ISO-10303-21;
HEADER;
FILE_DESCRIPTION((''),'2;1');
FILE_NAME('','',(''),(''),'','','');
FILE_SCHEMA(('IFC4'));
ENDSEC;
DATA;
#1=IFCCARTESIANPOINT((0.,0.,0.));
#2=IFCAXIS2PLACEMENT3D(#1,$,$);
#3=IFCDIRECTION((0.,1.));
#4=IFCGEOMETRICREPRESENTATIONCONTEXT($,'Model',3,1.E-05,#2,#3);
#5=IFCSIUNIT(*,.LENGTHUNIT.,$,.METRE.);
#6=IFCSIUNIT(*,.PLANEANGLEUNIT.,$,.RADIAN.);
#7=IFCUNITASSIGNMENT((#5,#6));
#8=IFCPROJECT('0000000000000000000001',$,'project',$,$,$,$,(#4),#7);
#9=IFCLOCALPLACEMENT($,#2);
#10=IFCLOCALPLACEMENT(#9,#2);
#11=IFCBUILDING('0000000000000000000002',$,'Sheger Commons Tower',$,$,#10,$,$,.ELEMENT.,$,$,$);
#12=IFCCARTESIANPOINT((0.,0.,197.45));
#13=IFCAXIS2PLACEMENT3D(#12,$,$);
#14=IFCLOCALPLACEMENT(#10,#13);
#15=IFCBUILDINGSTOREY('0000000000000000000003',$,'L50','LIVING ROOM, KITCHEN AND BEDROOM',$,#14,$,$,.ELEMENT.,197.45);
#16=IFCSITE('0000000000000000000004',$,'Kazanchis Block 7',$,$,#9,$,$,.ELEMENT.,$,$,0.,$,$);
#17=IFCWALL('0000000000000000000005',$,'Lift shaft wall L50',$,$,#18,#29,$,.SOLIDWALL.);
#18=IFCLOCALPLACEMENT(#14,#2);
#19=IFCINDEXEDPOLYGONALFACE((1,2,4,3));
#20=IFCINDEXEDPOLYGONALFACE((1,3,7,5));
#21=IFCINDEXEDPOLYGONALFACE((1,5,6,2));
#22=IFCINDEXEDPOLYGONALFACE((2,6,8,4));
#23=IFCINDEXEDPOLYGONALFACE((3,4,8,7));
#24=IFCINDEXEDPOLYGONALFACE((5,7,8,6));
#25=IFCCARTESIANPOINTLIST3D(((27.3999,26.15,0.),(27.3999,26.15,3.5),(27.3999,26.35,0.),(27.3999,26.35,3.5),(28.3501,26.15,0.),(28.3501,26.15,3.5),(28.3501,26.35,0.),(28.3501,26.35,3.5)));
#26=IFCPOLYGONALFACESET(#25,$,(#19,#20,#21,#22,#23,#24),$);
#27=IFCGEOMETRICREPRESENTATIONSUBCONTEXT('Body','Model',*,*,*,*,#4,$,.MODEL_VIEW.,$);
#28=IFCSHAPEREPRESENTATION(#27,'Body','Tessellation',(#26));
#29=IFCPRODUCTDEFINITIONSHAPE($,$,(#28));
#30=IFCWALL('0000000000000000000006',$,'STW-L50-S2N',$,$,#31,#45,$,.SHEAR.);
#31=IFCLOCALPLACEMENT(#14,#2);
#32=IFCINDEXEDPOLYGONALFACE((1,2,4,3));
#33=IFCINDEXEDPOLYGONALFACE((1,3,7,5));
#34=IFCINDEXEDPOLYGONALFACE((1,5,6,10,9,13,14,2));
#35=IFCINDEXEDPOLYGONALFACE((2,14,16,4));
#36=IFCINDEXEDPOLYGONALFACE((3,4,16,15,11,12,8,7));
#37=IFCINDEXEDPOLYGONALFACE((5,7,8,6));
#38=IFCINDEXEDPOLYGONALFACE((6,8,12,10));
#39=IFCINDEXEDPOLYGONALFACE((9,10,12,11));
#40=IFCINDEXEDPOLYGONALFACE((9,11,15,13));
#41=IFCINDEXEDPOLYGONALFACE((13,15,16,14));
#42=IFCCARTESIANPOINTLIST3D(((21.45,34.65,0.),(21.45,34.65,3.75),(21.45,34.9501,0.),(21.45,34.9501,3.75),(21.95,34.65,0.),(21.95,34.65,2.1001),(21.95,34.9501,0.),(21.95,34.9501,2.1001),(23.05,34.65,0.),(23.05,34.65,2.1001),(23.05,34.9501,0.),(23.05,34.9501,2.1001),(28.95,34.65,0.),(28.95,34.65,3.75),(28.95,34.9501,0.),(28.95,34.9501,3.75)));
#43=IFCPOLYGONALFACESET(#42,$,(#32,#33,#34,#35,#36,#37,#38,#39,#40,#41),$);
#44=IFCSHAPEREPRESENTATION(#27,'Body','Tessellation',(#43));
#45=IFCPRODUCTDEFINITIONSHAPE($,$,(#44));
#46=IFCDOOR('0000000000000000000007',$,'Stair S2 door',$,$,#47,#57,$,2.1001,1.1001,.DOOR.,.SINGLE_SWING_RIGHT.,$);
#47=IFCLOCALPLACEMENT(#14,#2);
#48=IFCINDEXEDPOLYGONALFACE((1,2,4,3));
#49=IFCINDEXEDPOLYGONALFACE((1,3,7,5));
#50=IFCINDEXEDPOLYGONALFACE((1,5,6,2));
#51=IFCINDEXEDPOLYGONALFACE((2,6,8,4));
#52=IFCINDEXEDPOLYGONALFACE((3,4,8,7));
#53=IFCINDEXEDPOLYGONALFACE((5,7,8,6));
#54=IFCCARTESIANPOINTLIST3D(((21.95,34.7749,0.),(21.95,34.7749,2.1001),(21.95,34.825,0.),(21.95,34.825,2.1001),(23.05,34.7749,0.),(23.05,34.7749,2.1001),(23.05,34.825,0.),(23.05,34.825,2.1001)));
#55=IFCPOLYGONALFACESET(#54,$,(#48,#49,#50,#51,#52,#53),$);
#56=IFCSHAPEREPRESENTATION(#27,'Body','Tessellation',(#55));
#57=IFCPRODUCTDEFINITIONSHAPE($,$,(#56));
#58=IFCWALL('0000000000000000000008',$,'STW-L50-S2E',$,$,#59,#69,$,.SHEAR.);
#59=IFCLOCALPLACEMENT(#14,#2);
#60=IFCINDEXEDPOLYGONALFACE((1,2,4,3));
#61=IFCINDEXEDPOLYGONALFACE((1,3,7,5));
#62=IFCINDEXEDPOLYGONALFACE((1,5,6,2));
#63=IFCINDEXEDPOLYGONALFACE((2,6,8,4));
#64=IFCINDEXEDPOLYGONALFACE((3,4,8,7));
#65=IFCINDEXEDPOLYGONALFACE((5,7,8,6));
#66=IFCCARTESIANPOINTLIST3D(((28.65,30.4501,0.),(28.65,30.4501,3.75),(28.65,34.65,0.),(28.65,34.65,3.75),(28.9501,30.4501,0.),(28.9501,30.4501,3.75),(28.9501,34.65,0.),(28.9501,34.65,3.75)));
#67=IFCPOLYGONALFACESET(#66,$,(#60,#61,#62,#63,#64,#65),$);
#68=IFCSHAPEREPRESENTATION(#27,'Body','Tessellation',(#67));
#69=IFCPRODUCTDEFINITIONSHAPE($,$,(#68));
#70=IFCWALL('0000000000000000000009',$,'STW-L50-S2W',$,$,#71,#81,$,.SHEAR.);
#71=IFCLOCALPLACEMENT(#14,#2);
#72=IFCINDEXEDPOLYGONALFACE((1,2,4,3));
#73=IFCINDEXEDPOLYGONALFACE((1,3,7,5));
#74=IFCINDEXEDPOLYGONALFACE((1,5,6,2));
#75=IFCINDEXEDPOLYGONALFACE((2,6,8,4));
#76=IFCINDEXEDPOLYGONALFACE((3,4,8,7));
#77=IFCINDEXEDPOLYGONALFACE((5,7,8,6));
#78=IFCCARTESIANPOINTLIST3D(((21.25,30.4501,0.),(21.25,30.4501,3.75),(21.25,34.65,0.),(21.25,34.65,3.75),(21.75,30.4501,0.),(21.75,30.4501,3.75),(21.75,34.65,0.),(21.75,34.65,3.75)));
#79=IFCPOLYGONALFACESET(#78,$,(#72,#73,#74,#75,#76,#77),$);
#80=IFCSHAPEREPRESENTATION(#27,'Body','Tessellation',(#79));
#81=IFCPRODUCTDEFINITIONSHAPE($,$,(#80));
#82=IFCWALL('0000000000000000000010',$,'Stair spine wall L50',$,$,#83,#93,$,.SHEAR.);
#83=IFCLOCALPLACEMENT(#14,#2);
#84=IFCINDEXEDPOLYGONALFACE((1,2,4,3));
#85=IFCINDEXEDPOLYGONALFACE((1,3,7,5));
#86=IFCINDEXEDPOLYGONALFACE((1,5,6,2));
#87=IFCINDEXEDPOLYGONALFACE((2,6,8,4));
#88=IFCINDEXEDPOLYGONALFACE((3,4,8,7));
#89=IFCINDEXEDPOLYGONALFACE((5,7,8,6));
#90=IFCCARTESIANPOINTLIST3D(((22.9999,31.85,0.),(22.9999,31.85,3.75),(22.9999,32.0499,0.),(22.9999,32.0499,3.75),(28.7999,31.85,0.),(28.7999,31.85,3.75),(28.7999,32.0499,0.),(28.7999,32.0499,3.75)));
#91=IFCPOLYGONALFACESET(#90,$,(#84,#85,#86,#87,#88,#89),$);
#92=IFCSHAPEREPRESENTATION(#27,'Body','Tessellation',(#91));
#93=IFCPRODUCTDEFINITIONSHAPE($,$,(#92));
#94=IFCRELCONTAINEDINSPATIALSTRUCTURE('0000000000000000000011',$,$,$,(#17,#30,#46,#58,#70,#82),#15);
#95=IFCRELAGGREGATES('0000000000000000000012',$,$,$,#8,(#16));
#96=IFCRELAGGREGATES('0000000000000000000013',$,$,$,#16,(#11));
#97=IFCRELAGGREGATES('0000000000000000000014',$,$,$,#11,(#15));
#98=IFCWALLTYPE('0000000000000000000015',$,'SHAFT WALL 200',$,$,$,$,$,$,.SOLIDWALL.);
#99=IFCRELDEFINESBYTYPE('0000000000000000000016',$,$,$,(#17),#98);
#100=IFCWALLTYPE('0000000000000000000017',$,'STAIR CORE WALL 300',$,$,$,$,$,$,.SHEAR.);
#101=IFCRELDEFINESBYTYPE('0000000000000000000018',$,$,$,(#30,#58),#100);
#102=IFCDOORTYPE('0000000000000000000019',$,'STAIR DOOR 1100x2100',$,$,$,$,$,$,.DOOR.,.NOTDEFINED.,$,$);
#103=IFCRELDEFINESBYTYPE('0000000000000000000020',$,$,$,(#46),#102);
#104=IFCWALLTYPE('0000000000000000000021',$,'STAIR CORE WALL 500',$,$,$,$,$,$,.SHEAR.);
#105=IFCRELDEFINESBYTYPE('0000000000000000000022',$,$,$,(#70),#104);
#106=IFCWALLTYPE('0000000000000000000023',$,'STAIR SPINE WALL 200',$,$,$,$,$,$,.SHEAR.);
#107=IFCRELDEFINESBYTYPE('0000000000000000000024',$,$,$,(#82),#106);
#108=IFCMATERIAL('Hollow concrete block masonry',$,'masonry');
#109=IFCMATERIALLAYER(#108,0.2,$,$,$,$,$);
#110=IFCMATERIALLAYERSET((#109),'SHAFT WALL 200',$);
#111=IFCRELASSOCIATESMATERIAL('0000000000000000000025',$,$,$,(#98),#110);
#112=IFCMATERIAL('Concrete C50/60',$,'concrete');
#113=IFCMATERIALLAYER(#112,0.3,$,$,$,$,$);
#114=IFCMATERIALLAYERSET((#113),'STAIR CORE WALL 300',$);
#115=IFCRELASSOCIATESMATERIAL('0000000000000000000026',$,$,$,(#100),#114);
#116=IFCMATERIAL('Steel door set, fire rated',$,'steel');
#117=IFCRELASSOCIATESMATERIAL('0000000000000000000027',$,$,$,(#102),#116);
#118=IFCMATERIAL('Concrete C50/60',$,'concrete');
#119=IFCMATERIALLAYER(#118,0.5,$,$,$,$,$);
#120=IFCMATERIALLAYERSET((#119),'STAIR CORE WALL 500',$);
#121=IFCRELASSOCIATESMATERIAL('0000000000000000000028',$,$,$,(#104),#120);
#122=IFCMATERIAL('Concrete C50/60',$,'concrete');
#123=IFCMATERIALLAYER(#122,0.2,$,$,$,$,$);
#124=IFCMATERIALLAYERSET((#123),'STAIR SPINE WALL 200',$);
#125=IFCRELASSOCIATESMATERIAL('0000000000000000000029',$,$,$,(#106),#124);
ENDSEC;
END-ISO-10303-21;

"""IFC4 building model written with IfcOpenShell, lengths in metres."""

from ifc_helpers import new_model, si_unit, direction, frame, frame_2d, origin, place, context, subcontext, project, spatial, rectangle, extrude, material, layer, layer_set, type_object, element, fill, save


model = new_model("IFC4")

# Units and contexts
model_context = context("Model", 3, precision=1e-05, world=origin(), true_north=direction((0.0, 1.0)))
body_context = subcontext(model_context, "Body", "Model", "MODEL_VIEW")
ifc_project = project(units=[si_unit("LENGTHUNIT", "METRE"), si_unit("PLANEANGLEUNIT", "RADIAN")], contexts=[model_context])

# Site, building, storey
site_placement = place(None, origin())
site = spatial("IfcSite", under=ifc_project, at=site_placement, Name="Kazanchis Block 7", CompositionType="ELEMENT", RefElevation=0.0)
building_placement = place(site_placement, origin())
building = spatial("IfcBuilding", under=site, at=building_placement, Name="Sheger Commons Tower", CompositionType="ELEMENT")
storey_placement = place(building_placement, frame((0.0, 0.0, 197.45)))
storey = spatial("IfcBuildingStorey", under=building, at=storey_placement, Name="L50", Description="LIVING ROOM, KITCHEN AND BEDROOM", CompositionType="ELEMENT", Elevation=197.45)

# Wall
ifc_material_1 = material(Name="Hollow concrete block masonry", Category="masonry")
ifc_layer_1 = layer(ifc_material_1, 0.2)
ifc_layer_set_1 = layer_set([ifc_layer_1], Name="SHAFT WALL 200")
wall_type_1 = type_object("IfcWallType", Name="SHAFT WALL 200", PredefinedType="SOLIDWALL", material=ifc_layer_set_1)
wall_1_placement = place(storey_placement, frame((27.3999, 26.25, 0.0), z_axis=(0.0, 0.0, 1.0), x_axis=(1.0, 0.0, 0.0)))
element("IfcWall", 1, at=wall_1_placement, inside=storey, type_object=wall_type_1, Name="Lift shaft wall L50", PredefinedType="SOLIDWALL", context=body_context, shape_type="SweptSolid", body=[
    extrude(rectangle(XDim=0.9502, YDim=0.2, at=frame_2d((0.4751, 0.0))), origin(), (0.0, 0.0, 1.0), 3.5),
])

# Wall, opening, door
ifc_material_2 = material(Name="Concrete C50/60", Category="concrete")
ifc_layer_2 = layer(ifc_material_2, 0.3)
ifc_layer_set_2 = layer_set([ifc_layer_2], Name="STAIR CORE WALL 300")
wall_type_2 = type_object("IfcWallType", Name="STAIR CORE WALL 300", PredefinedType="SHEAR", material=ifc_layer_set_2)
wall_2_placement = place(storey_placement, frame((21.45, 34.8, 0.0), z_axis=(0.0, 0.0, 1.0), x_axis=(1.0, 0.0, 0.0)))
wall_2 = element("IfcWall", 2, at=wall_2_placement, inside=storey, type_object=wall_type_2, Name="STW-L50-S2N", PredefinedType="SHEAR", context=body_context, shape_type="SweptSolid", body=[
    extrude(rectangle(XDim=7.5, YDim=0.3, at=frame_2d((3.75, 0.0))), origin(), (0.0, 0.0, 1.0), 3.75),
])
opening_1_placement = place(wall_2_placement, frame((0.5, 0.0, 0.0)))
opening_1 = element("IfcOpeningElement", 3, at=opening_1_placement, cuts=wall_2, PredefinedType="OPENING", context=body_context, shape_type="SweptSolid", body=[
    extrude(rectangle(XDim=1.1001, YDim=2.1001, at=frame_2d((0.55, 1.05))), frame((0.0, 0.1599, 0.0), z_axis=(0.0, -1.0, 0.0), x_axis=(1.0, 0.0, 0.0)), (0.0, 0.0, 1.0), 0.3201),
])
ifc_material_3 = material(Name="Steel door set, fire rated", Category="steel")
door_type_1 = type_object("IfcDoorType", Name="STAIR DOOR 1100x2100", OperationType="NOTDEFINED", PredefinedType="DOOR", material=ifc_material_3)
door_1_placement = place(opening_1_placement, origin())
door_1 = element("IfcDoor", 4, at=door_1_placement, inside=storey, type_object=door_type_1, Name="Stair S2 door", OperationType="SINGLE_SWING_RIGHT", OverallHeight=2.1001, OverallWidth=1.1001, PredefinedType="DOOR", context=body_context, shape_type="SweptSolid", body=[
    extrude(rectangle(XDim=1.1001, YDim=2.1001, at=frame_2d((0.55, 1.05))), frame((0.0, 0.0249, 0.0), z_axis=(0.0, -1.0, 0.0), x_axis=(1.0, 0.0, 0.0)), (0.0, 0.0, 1.0), 0.05),
])
fill(opening_1, door_1)

# Walls
wall_3_placement = place(storey_placement, frame((28.8, 30.45, 0.0), z_axis=(0.0, 0.0, 1.0), x_axis=(0.0, 1.0, 0.0)))
element("IfcWall", 5, at=wall_3_placement, inside=storey, type_object=wall_type_2, Name="STW-L50-S2E", PredefinedType="SHEAR", context=body_context, shape_type="SweptSolid", body=[
    extrude(rectangle(XDim=4.2, YDim=0.3, at=frame_2d((2.1001, 0.0))), origin(), (0.0, 0.0, 1.0), 3.75),
])
ifc_material_4 = material(Name="Concrete C50/60", Category="concrete")
ifc_layer_3 = layer(ifc_material_4, 0.5)
ifc_layer_set_3 = layer_set([ifc_layer_3], Name="STAIR CORE WALL 500")
wall_type_3 = type_object("IfcWallType", Name="STAIR CORE WALL 500", PredefinedType="SHEAR", material=ifc_layer_set_3)
wall_4_placement = place(storey_placement, frame((21.5, 30.45, 0.0), z_axis=(0.0, 0.0, 1.0), x_axis=(0.0, 1.0, 0.0)))
element("IfcWall", 6, at=wall_4_placement, inside=storey, type_object=wall_type_3, Name="STW-L50-S2W", PredefinedType="SHEAR", context=body_context, shape_type="SweptSolid", body=[
    extrude(rectangle(XDim=4.2, YDim=0.5, at=frame_2d((2.1001, 0.0))), origin(), (0.0, 0.0, 1.0), 3.75),
])
ifc_material_5 = material(Name="Concrete C50/60", Category="concrete")
ifc_layer_4 = layer(ifc_material_5, 0.2)
ifc_layer_set_4 = layer_set([ifc_layer_4], Name="STAIR SPINE WALL 200")
wall_type_4 = type_object("IfcWallType", Name="STAIR SPINE WALL 200", PredefinedType="SHEAR", material=ifc_layer_set_4)
wall_5_placement = place(storey_placement, frame((23.0, 31.95, 0.0), z_axis=(0.0, 0.0, 1.0), x_axis=(1.0, 0.0, 0.0)))
element("IfcWall", 7, at=wall_5_placement, inside=storey, type_object=wall_type_4, Name="Stair spine wall L50", PredefinedType="SHEAR", context=body_context, shape_type="SweptSolid", body=[
    extrude(rectangle(XDim=5.8, YDim=0.2, at=frame_2d((2.8999, 0.0))), origin(), (0.0, 0.0, 1.0), 3.75),
])

save(model, "model.ifc")
